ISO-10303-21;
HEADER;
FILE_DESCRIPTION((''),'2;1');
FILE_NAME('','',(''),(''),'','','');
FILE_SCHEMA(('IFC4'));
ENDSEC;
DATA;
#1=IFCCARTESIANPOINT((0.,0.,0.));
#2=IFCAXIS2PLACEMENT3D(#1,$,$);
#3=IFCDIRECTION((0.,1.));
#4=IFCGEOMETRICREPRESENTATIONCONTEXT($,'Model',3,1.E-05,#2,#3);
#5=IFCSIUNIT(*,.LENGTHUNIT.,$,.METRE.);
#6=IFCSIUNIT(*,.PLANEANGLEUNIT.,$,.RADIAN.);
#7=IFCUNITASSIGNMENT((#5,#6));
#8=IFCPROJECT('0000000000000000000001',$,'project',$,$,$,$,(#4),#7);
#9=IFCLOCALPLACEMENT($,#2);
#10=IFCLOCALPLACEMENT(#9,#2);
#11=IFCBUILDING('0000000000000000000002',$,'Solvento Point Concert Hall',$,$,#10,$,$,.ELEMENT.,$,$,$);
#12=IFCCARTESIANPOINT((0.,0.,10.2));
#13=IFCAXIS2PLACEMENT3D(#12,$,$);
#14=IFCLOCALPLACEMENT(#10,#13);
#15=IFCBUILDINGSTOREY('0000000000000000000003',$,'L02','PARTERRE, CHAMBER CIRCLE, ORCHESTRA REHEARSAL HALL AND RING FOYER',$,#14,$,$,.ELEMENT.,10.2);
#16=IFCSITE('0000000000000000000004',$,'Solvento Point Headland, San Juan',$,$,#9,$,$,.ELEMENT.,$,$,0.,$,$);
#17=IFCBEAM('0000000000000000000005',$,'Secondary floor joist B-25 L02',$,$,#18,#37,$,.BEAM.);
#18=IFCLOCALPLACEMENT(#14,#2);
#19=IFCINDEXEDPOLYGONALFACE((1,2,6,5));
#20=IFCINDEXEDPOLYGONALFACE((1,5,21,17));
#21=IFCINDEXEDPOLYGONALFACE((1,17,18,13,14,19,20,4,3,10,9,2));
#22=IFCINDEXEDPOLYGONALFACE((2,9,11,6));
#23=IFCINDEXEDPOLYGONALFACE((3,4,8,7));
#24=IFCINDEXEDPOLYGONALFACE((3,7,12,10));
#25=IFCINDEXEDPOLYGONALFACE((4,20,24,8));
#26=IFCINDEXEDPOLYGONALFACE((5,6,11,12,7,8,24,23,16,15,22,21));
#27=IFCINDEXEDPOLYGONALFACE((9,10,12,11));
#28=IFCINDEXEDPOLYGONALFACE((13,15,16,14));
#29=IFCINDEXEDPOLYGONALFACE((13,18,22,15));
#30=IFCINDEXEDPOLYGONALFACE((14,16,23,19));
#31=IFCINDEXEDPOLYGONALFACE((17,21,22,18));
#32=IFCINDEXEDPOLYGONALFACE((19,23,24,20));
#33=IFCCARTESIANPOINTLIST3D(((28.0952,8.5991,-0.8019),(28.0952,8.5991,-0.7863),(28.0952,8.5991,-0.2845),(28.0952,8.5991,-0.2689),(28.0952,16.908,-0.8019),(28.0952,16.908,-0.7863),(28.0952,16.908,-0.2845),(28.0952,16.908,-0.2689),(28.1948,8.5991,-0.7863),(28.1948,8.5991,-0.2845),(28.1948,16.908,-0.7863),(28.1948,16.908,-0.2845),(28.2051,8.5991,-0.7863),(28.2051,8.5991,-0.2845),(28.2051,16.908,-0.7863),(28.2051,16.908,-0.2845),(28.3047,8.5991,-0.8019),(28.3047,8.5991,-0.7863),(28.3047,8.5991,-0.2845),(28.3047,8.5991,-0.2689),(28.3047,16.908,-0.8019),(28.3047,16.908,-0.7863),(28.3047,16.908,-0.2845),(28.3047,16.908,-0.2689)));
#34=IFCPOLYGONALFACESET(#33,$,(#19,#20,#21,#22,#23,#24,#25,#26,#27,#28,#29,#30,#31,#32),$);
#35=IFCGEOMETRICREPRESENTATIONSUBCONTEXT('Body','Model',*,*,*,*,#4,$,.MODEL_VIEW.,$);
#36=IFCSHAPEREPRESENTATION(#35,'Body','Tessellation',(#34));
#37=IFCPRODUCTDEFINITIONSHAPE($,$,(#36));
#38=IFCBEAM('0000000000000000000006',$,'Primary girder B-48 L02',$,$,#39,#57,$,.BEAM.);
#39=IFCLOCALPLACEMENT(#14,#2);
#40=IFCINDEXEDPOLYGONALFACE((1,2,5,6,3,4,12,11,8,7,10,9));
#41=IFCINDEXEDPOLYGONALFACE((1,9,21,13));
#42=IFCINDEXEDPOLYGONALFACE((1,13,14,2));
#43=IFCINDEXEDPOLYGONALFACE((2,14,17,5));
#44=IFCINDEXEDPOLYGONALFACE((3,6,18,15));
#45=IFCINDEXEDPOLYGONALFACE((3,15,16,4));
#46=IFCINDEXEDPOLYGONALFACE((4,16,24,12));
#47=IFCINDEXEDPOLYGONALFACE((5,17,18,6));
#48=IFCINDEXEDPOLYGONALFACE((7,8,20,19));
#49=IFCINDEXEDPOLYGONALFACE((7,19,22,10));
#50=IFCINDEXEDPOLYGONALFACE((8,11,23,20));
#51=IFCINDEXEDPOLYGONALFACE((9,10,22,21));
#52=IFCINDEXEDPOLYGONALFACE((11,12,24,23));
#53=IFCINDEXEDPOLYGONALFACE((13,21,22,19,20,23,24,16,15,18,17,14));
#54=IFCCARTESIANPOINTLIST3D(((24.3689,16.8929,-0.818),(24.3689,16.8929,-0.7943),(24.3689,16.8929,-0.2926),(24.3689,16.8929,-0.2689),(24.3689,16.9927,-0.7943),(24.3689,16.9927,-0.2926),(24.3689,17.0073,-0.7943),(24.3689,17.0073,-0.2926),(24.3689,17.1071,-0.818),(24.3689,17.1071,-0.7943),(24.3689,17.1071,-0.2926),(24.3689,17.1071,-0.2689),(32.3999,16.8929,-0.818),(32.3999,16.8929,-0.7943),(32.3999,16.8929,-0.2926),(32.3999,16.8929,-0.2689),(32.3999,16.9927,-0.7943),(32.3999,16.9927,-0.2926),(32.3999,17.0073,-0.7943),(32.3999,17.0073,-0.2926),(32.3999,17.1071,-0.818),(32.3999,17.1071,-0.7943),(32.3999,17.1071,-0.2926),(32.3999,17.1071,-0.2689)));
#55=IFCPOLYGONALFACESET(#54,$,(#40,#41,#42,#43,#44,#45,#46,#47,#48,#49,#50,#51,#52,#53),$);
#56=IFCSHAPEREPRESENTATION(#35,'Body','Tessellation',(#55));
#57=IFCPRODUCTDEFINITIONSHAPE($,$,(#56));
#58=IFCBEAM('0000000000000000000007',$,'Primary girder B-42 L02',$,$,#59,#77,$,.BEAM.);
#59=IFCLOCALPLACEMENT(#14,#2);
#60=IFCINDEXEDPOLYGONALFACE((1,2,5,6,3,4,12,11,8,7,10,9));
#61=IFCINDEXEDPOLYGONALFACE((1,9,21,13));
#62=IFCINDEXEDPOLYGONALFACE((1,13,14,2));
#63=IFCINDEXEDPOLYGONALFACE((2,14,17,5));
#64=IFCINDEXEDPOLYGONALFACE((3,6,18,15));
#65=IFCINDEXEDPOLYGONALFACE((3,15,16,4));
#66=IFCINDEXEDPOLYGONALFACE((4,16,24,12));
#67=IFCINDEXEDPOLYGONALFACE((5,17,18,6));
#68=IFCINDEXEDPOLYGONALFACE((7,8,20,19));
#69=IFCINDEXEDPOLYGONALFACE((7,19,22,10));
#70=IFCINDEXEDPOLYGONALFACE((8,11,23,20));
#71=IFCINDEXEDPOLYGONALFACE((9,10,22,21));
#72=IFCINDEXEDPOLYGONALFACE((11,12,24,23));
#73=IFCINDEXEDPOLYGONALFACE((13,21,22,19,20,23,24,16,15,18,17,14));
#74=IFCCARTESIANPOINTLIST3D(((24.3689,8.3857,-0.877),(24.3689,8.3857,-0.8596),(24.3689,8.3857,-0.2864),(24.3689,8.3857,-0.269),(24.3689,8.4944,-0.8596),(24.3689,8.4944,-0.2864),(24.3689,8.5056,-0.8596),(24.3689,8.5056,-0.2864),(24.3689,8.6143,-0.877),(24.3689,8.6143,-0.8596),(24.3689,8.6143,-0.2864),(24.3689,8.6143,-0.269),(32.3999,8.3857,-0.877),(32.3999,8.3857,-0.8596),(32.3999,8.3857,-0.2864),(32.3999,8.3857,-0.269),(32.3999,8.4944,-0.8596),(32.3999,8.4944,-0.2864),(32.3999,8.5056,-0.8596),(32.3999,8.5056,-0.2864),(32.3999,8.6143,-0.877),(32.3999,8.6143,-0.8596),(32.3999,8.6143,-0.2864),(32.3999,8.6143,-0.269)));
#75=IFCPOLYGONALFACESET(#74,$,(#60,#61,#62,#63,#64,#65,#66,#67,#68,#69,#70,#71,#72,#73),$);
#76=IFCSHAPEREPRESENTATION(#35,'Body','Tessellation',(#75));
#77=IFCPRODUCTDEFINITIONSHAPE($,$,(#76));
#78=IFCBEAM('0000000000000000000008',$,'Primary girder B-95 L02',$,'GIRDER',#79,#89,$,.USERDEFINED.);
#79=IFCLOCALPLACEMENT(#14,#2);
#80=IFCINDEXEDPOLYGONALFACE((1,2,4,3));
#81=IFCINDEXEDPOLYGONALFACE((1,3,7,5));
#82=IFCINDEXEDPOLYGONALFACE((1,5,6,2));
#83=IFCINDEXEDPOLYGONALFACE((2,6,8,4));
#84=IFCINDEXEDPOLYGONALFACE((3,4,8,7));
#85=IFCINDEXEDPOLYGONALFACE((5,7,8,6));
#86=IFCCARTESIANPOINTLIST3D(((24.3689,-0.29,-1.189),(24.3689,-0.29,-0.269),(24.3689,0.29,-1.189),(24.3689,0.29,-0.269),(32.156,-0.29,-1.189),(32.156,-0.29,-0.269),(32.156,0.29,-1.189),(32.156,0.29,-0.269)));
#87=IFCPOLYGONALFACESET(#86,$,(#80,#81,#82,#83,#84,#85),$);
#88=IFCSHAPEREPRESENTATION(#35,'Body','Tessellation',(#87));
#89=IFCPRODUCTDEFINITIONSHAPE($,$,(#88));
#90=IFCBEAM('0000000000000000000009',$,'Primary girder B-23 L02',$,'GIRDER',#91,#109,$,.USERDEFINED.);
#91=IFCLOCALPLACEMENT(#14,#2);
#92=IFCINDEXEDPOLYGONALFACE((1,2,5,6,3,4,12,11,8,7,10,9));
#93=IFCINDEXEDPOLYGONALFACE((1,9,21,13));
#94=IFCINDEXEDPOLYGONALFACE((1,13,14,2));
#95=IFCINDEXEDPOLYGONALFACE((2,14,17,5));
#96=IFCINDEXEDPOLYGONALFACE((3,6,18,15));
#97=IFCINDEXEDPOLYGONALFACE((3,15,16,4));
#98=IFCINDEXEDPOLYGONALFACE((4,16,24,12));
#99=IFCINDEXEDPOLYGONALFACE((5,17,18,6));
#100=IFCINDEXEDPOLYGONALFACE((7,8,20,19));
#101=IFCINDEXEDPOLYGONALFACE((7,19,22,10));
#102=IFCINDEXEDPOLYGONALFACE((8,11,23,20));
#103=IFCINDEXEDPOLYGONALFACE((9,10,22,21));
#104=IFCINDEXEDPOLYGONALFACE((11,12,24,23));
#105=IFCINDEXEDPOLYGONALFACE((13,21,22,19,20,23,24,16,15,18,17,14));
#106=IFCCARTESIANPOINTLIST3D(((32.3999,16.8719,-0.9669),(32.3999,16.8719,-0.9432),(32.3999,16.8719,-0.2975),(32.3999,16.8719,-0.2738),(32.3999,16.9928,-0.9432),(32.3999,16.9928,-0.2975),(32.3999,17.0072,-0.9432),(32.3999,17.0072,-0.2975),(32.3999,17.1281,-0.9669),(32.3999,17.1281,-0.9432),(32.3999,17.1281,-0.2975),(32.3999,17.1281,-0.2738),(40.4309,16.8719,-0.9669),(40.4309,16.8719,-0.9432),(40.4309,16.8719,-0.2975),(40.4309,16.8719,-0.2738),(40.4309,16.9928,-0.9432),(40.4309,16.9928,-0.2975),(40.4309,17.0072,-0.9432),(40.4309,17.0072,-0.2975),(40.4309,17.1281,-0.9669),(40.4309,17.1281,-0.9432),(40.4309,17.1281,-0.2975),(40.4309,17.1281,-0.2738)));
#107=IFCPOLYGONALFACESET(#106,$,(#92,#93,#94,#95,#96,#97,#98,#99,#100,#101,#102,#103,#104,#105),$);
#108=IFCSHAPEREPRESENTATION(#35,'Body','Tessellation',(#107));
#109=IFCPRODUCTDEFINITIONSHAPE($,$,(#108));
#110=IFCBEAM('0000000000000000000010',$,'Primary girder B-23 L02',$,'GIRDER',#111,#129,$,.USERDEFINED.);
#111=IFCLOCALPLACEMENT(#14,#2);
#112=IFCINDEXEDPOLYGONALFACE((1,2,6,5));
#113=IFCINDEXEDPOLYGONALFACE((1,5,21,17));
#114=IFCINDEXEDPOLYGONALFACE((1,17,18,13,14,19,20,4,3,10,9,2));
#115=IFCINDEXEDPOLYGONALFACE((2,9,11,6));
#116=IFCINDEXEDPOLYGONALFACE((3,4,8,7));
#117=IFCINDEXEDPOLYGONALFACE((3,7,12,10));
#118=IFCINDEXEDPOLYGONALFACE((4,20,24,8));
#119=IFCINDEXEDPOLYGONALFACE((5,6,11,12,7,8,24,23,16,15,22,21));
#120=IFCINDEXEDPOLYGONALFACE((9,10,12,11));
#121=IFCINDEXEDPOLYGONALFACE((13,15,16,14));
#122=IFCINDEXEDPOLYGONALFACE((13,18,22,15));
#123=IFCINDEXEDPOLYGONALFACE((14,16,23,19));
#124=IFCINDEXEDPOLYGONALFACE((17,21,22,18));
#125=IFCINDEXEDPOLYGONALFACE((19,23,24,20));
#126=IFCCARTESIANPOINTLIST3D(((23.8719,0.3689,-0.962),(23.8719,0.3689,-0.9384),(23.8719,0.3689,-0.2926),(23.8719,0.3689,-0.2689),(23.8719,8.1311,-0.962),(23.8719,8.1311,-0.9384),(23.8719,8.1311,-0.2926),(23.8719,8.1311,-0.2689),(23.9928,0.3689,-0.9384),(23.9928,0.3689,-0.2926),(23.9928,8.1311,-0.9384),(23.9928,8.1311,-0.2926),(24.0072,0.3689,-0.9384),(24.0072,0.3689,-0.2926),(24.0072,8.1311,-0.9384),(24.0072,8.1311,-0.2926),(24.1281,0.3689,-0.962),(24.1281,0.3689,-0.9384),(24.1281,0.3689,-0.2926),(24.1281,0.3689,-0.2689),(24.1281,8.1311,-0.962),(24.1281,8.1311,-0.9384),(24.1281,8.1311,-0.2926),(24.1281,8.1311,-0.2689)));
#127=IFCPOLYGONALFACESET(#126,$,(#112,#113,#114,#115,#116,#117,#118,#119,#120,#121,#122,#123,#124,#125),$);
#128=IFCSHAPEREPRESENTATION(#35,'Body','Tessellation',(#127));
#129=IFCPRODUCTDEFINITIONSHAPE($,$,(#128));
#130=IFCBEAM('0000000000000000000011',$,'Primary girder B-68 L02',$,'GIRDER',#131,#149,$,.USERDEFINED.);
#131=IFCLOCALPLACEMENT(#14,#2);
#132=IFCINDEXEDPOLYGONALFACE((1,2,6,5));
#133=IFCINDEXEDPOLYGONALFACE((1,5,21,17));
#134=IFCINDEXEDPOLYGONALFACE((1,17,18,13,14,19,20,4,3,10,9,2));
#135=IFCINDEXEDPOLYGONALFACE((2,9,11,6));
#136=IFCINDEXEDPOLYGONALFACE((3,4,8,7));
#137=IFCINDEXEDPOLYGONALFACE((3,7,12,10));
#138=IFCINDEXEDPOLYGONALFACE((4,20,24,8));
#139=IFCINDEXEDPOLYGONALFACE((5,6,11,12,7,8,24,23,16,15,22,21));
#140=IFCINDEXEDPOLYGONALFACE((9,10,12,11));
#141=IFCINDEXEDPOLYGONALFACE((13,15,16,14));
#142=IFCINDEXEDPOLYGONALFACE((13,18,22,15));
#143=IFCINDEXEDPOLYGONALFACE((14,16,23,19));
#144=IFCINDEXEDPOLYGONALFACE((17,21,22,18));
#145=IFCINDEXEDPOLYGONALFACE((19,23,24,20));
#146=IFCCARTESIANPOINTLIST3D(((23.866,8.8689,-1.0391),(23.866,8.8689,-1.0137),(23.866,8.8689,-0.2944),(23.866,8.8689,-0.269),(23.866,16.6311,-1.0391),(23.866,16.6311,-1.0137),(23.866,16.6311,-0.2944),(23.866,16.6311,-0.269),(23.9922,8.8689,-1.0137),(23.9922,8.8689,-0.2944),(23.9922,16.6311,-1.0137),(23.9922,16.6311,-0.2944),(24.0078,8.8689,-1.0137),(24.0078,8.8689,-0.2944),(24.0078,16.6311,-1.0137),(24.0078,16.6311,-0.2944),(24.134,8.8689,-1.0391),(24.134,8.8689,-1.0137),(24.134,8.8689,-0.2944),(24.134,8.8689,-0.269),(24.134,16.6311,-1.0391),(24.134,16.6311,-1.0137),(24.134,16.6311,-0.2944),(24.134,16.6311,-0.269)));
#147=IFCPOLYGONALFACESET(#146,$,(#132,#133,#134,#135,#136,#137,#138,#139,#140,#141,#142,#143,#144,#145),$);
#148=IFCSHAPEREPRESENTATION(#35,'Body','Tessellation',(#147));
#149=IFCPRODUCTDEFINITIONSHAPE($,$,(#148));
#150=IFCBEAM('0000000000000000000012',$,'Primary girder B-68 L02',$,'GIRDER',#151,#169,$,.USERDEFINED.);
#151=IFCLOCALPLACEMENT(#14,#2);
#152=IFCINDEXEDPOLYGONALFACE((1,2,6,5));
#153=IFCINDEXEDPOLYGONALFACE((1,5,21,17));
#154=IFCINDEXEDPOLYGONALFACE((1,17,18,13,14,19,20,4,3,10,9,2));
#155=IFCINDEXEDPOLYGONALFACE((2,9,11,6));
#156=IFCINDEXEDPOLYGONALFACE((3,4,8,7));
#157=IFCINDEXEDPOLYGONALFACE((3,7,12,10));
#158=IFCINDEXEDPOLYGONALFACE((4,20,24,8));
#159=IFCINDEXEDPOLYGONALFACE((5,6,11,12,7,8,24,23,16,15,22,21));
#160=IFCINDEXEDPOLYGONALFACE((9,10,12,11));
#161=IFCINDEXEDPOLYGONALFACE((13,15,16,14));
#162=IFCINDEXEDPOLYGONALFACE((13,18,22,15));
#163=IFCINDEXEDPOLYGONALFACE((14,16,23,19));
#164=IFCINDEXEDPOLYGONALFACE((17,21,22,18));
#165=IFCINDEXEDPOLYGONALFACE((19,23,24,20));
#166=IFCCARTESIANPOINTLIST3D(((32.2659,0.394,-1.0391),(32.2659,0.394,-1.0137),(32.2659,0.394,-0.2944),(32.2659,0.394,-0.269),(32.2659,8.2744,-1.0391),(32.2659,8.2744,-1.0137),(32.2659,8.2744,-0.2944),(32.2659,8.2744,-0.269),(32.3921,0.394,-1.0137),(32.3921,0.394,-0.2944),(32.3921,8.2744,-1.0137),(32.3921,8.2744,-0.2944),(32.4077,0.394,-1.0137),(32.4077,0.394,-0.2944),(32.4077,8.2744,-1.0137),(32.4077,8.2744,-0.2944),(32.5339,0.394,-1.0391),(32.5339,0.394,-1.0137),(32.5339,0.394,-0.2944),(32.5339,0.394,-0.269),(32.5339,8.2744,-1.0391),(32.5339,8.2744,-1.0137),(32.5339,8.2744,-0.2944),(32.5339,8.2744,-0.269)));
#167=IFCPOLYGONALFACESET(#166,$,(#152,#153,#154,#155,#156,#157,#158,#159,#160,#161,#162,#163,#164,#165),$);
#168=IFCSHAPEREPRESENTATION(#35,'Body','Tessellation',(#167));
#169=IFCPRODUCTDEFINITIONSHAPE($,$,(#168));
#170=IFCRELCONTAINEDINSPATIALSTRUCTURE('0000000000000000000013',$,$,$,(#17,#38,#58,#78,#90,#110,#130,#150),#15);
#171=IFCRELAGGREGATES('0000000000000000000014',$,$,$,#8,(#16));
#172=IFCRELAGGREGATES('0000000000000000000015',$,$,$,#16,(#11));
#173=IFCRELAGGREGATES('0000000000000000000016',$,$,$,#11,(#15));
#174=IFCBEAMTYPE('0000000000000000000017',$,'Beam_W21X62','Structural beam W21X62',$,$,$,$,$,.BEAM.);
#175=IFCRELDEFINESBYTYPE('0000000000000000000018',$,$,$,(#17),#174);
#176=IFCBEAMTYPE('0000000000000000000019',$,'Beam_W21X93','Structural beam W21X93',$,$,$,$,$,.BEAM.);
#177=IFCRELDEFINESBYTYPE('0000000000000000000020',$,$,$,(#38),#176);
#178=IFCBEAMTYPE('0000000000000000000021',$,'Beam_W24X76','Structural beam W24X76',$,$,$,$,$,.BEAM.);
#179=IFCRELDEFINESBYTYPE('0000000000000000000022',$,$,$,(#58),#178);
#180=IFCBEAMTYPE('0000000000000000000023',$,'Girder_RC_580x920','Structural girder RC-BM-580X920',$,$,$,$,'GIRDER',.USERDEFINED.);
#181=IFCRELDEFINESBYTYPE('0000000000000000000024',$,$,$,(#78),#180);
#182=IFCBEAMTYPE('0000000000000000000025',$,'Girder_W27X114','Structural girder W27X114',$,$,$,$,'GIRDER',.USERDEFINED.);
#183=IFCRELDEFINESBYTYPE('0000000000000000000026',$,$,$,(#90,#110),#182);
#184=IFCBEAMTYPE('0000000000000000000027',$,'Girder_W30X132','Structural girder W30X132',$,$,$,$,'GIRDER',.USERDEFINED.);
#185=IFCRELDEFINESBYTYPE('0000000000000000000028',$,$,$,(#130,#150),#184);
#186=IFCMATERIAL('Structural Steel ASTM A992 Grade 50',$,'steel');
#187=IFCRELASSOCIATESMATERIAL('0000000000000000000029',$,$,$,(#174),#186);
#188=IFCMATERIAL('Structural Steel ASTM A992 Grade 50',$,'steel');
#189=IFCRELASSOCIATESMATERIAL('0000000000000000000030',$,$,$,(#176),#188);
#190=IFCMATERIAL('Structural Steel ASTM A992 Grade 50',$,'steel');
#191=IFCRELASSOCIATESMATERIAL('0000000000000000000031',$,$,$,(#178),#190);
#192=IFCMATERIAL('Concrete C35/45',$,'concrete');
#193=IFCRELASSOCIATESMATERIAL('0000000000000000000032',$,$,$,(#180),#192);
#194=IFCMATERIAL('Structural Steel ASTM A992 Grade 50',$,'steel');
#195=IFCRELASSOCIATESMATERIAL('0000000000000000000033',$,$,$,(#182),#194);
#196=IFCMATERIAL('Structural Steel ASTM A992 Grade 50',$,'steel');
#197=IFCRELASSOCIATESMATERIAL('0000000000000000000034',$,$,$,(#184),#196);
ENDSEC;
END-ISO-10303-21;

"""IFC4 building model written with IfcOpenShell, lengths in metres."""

from ifc_helpers import new_model, si_unit, direction, frame, origin, origin_2d, place, context, subcontext, project, spatial, rectangle, i_section, extrude, material, material_profile, profile_set, type_object, element, save


model = new_model("IFC4")

# Units and contexts
model_context = context("Model", 3, precision=1e-05, world=origin(), true_north=direction((0.0, 1.0)))
body_context = subcontext(model_context, "Body", "Model", "MODEL_VIEW")
ifc_project = project(units=[si_unit("LENGTHUNIT", "METRE"), si_unit("PLANEANGLEUNIT", "RADIAN")], contexts=[model_context])

# Site, building, storey
site_placement = place(None, origin())
site = spatial("IfcSite", under=ifc_project, at=site_placement, Name="Solvento Point Headland, San Juan", CompositionType="ELEMENT", RefElevation=0.0)
building_placement = place(site_placement, origin())
building = spatial("IfcBuilding", under=site, at=building_placement, Name="Solvento Point Concert Hall", CompositionType="ELEMENT")
storey_placement = place(building_placement, frame((0.0, 0.0, 10.2)))
storey = spatial("IfcBuildingStorey", under=building, at=storey_placement, Name="L02", Description="PARTERRE, CHAMBER CIRCLE, ORCHESTRA REHEARSAL HALL AND RING FOYER", CompositionType="ELEMENT", Elevation=10.2)

# Beams
ifc_material_1 = material(Name="Structural Steel ASTM A992 Grade 50", Category="steel")
ifc_material_profile_1 = material_profile(ifc_material_1, i_section(OverallWidth=0.2095, OverallDepth=0.533, WebThickness=0.0103, FlangeThickness=0.0156, at=origin_2d()), Name="W21X62")
ifc_profile_set_1 = profile_set([ifc_material_profile_1], Name="Structural Steel ASTM A992 Grade 50")
beam_type_1 = type_object("IfcBeamType", Name="Beam_W21X62", Description="Structural beam W21X62", PredefinedType="BEAM", material=ifc_profile_set_1)
beam_1_placement = place(storey_placement, frame((28.2, 8.5991, -0.5354), z_axis=(0.0, 1.0, 0.0), x_axis=(-1.0, 0.0, 0.0)))
element("IfcBeam", 1, at=beam_1_placement, inside=storey, type_object=beam_type_1, Name="Secondary floor joist B-25 L02", PredefinedType="BEAM", context=body_context, shape_type="SweptSolid", body=[
    extrude(i_section(OverallWidth=0.2095, OverallDepth=0.533, WebThickness=0.0103, FlangeThickness=0.0156, at=origin_2d()), origin(), (0.0, 0.0, 1.0), 8.3088),
])
ifc_material_2 = material(Name="Structural Steel ASTM A992 Grade 50", Category="steel")
ifc_material_profile_2 = material_profile(ifc_material_2, i_section(OverallWidth=0.2141, OverallDepth=0.5491, WebThickness=0.0146, FlangeThickness=0.0237, at=origin_2d()), Name="W21X93")
ifc_profile_set_2 = profile_set([ifc_material_profile_2], Name="Structural Steel ASTM A992 Grade 50")
beam_type_2 = type_object("IfcBeamType", Name="Beam_W21X93", Description="Structural beam W21X93", PredefinedType="BEAM", material=ifc_profile_set_2)
beam_2_placement = place(storey_placement, frame((24.3689, 17.0, -0.5435), z_axis=(1.0, 0.0, 0.0), x_axis=(0.0, 1.0, 0.0)))
element("IfcBeam", 2, at=beam_2_placement, inside=storey, type_object=beam_type_2, Name="Primary girder B-48 L02", PredefinedType="BEAM", context=body_context, shape_type="SweptSolid", body=[
    extrude(i_section(OverallWidth=0.2141, OverallDepth=0.5491, WebThickness=0.0146, FlangeThickness=0.0237, at=origin_2d()), origin(), (0.0, 0.0, 1.0), 8.031),
])
ifc_material_3 = material(Name="Structural Steel ASTM A992 Grade 50", Category="steel")
ifc_material_profile_3 = material_profile(ifc_material_3, i_section(OverallWidth=0.2285, OverallDepth=0.6079, WebThickness=0.0112, FlangeThickness=0.0173, at=origin_2d()), Name="W24X76")
ifc_profile_set_3 = profile_set([ifc_material_profile_3], Name="Structural Steel ASTM A992 Grade 50")
beam_type_3 = type_object("IfcBeamType", Name="Beam_W24X76", Description="Structural beam W24X76", PredefinedType="BEAM", material=ifc_profile_set_3)
beam_3_placement = place(storey_placement, frame((24.3689, 8.5, -0.573), z_axis=(1.0, 0.0, 0.0), x_axis=(0.0, 1.0, 0.0)))
element("IfcBeam", 3, at=beam_3_placement, inside=storey, type_object=beam_type_3, Name="Primary girder B-42 L02", PredefinedType="BEAM", context=body_context, shape_type="SweptSolid", body=[
    extrude(i_section(OverallWidth=0.2285, OverallDepth=0.6079, WebThickness=0.0112, FlangeThickness=0.0173, at=origin_2d()), origin(), (0.0, 0.0, 1.0), 8.031),
])
ifc_material_4 = material(Name="Concrete C35/45", Category="concrete")
ifc_material_profile_4 = material_profile(ifc_material_4, rectangle(XDim=0.5801, YDim=0.9199, at=origin_2d()), Name="RC-BM-580X920")
ifc_profile_set_4 = profile_set([ifc_material_profile_4], Name="Concrete C35/45")
beam_type_4 = type_object("IfcBeamType", Name="Girder_RC_580x920", Description="Structural girder RC-BM-580X920", ElementType="GIRDER", PredefinedType="USERDEFINED", material=ifc_profile_set_4)
beam_4_placement = place(storey_placement, frame((24.3689, 0.0, -0.729), z_axis=(1.0, 0.0, 0.0), x_axis=(0.0, 1.0, 0.0)))
element("IfcBeam", 4, at=beam_4_placement, inside=storey, type_object=beam_type_4, Name="Primary girder B-95 L02", ObjectType="GIRDER", PredefinedType="USERDEFINED", context=body_context, shape_type="SweptSolid", body=[
    extrude(rectangle(XDim=0.5801, YDim=0.9199, at=origin_2d()), origin(), (0.0, 0.0, 1.0), 7.7871),
])
ifc_material_5 = material(Name="Structural Steel ASTM A992 Grade 50", Category="steel")
ifc_material_profile_5 = material_profile(ifc_material_5, i_section(OverallWidth=0.2561, OverallDepth=0.6931, WebThickness=0.0144, FlangeThickness=0.0237, at=origin_2d()), Name="W27X114")
ifc_profile_set_5 = profile_set([ifc_material_profile_5], Name="Structural Steel ASTM A992 Grade 50")
beam_type_5 = type_object("IfcBeamType", Name="Girder_W27X114", Description="Structural girder W27X114", ElementType="GIRDER", PredefinedType="USERDEFINED", material=ifc_profile_set_5)
beam_5_placement = place(storey_placement, frame((32.3999, 17.0, -0.6204), z_axis=(1.0, 0.0, 0.0), x_axis=(0.0, 1.0, 0.0)))
element("IfcBeam", 5, at=beam_5_placement, inside=storey, type_object=beam_type_5, Name="Primary girder B-23 L02", ObjectType="GIRDER", PredefinedType="USERDEFINED", context=body_context, shape_type="SweptSolid", body=[
    extrude(i_section(OverallWidth=0.2561, OverallDepth=0.6931, WebThickness=0.0144, FlangeThickness=0.0237, at=origin_2d()), origin(), (0.0, 0.0, 1.0), 8.031),
])
beam_6_placement = place(storey_placement, frame((24.0, 0.3689, -0.6155), z_axis=(0.0, 1.0, 0.0), x_axis=(-1.0, 0.0, 0.0)))
element("IfcBeam", 6, at=beam_6_placement, inside=storey, type_object=beam_type_5, Name="Primary girder B-23 L02", ObjectType="GIRDER", PredefinedType="USERDEFINED", context=body_context, shape_type="SweptSolid", body=[
    extrude(i_section(OverallWidth=0.2561, OverallDepth=0.6931, WebThickness=0.0144, FlangeThickness=0.0237, at=origin_2d()), origin(), (0.0, 0.0, 1.0), 7.7622),
])
ifc_material_6 = material(Name="Structural Steel ASTM A992 Grade 50", Category="steel")
ifc_material_profile_6 = material_profile(ifc_material_6, i_section(OverallWidth=0.2681, OverallDepth=0.77, WebThickness=0.0156, FlangeThickness=0.0254, at=origin_2d()), Name="W30X132")
ifc_profile_set_6 = profile_set([ifc_material_profile_6], Name="Structural Steel ASTM A992 Grade 50")
beam_type_6 = type_object("IfcBeamType", Name="Girder_W30X132", Description="Structural girder W30X132", ElementType="GIRDER", PredefinedType="USERDEFINED", material=ifc_profile_set_6)
beam_7_placement = place(storey_placement, frame((24.0, 8.8689, -0.6541), z_axis=(0.0, 1.0, 0.0), x_axis=(-1.0, 0.0, 0.0)))
element("IfcBeam", 7, at=beam_7_placement, inside=storey, type_object=beam_type_6, Name="Primary girder B-68 L02", ObjectType="GIRDER", PredefinedType="USERDEFINED", context=body_context, shape_type="SweptSolid", body=[
    extrude(i_section(OverallWidth=0.2681, OverallDepth=0.77, WebThickness=0.0156, FlangeThickness=0.0254, at=origin_2d()), origin(), (0.0, 0.0, 1.0), 7.7622),
])
beam_8_placement = place(storey_placement, frame((32.3999, 0.394, -0.6541), z_axis=(0.0, 1.0, 0.0), x_axis=(-1.0, 0.0, 0.0)))
element("IfcBeam", 8, at=beam_8_placement, inside=storey, type_object=beam_type_6, Name="Primary girder B-68 L02", ObjectType="GIRDER", PredefinedType="USERDEFINED", context=body_context, shape_type="SweptSolid", body=[
    extrude(i_section(OverallWidth=0.2681, OverallDepth=0.77, WebThickness=0.0156, FlangeThickness=0.0254, at=origin_2d()), origin(), (0.0, 0.0, 1.0), 7.8804),
])

save(model, "model.ifc")
